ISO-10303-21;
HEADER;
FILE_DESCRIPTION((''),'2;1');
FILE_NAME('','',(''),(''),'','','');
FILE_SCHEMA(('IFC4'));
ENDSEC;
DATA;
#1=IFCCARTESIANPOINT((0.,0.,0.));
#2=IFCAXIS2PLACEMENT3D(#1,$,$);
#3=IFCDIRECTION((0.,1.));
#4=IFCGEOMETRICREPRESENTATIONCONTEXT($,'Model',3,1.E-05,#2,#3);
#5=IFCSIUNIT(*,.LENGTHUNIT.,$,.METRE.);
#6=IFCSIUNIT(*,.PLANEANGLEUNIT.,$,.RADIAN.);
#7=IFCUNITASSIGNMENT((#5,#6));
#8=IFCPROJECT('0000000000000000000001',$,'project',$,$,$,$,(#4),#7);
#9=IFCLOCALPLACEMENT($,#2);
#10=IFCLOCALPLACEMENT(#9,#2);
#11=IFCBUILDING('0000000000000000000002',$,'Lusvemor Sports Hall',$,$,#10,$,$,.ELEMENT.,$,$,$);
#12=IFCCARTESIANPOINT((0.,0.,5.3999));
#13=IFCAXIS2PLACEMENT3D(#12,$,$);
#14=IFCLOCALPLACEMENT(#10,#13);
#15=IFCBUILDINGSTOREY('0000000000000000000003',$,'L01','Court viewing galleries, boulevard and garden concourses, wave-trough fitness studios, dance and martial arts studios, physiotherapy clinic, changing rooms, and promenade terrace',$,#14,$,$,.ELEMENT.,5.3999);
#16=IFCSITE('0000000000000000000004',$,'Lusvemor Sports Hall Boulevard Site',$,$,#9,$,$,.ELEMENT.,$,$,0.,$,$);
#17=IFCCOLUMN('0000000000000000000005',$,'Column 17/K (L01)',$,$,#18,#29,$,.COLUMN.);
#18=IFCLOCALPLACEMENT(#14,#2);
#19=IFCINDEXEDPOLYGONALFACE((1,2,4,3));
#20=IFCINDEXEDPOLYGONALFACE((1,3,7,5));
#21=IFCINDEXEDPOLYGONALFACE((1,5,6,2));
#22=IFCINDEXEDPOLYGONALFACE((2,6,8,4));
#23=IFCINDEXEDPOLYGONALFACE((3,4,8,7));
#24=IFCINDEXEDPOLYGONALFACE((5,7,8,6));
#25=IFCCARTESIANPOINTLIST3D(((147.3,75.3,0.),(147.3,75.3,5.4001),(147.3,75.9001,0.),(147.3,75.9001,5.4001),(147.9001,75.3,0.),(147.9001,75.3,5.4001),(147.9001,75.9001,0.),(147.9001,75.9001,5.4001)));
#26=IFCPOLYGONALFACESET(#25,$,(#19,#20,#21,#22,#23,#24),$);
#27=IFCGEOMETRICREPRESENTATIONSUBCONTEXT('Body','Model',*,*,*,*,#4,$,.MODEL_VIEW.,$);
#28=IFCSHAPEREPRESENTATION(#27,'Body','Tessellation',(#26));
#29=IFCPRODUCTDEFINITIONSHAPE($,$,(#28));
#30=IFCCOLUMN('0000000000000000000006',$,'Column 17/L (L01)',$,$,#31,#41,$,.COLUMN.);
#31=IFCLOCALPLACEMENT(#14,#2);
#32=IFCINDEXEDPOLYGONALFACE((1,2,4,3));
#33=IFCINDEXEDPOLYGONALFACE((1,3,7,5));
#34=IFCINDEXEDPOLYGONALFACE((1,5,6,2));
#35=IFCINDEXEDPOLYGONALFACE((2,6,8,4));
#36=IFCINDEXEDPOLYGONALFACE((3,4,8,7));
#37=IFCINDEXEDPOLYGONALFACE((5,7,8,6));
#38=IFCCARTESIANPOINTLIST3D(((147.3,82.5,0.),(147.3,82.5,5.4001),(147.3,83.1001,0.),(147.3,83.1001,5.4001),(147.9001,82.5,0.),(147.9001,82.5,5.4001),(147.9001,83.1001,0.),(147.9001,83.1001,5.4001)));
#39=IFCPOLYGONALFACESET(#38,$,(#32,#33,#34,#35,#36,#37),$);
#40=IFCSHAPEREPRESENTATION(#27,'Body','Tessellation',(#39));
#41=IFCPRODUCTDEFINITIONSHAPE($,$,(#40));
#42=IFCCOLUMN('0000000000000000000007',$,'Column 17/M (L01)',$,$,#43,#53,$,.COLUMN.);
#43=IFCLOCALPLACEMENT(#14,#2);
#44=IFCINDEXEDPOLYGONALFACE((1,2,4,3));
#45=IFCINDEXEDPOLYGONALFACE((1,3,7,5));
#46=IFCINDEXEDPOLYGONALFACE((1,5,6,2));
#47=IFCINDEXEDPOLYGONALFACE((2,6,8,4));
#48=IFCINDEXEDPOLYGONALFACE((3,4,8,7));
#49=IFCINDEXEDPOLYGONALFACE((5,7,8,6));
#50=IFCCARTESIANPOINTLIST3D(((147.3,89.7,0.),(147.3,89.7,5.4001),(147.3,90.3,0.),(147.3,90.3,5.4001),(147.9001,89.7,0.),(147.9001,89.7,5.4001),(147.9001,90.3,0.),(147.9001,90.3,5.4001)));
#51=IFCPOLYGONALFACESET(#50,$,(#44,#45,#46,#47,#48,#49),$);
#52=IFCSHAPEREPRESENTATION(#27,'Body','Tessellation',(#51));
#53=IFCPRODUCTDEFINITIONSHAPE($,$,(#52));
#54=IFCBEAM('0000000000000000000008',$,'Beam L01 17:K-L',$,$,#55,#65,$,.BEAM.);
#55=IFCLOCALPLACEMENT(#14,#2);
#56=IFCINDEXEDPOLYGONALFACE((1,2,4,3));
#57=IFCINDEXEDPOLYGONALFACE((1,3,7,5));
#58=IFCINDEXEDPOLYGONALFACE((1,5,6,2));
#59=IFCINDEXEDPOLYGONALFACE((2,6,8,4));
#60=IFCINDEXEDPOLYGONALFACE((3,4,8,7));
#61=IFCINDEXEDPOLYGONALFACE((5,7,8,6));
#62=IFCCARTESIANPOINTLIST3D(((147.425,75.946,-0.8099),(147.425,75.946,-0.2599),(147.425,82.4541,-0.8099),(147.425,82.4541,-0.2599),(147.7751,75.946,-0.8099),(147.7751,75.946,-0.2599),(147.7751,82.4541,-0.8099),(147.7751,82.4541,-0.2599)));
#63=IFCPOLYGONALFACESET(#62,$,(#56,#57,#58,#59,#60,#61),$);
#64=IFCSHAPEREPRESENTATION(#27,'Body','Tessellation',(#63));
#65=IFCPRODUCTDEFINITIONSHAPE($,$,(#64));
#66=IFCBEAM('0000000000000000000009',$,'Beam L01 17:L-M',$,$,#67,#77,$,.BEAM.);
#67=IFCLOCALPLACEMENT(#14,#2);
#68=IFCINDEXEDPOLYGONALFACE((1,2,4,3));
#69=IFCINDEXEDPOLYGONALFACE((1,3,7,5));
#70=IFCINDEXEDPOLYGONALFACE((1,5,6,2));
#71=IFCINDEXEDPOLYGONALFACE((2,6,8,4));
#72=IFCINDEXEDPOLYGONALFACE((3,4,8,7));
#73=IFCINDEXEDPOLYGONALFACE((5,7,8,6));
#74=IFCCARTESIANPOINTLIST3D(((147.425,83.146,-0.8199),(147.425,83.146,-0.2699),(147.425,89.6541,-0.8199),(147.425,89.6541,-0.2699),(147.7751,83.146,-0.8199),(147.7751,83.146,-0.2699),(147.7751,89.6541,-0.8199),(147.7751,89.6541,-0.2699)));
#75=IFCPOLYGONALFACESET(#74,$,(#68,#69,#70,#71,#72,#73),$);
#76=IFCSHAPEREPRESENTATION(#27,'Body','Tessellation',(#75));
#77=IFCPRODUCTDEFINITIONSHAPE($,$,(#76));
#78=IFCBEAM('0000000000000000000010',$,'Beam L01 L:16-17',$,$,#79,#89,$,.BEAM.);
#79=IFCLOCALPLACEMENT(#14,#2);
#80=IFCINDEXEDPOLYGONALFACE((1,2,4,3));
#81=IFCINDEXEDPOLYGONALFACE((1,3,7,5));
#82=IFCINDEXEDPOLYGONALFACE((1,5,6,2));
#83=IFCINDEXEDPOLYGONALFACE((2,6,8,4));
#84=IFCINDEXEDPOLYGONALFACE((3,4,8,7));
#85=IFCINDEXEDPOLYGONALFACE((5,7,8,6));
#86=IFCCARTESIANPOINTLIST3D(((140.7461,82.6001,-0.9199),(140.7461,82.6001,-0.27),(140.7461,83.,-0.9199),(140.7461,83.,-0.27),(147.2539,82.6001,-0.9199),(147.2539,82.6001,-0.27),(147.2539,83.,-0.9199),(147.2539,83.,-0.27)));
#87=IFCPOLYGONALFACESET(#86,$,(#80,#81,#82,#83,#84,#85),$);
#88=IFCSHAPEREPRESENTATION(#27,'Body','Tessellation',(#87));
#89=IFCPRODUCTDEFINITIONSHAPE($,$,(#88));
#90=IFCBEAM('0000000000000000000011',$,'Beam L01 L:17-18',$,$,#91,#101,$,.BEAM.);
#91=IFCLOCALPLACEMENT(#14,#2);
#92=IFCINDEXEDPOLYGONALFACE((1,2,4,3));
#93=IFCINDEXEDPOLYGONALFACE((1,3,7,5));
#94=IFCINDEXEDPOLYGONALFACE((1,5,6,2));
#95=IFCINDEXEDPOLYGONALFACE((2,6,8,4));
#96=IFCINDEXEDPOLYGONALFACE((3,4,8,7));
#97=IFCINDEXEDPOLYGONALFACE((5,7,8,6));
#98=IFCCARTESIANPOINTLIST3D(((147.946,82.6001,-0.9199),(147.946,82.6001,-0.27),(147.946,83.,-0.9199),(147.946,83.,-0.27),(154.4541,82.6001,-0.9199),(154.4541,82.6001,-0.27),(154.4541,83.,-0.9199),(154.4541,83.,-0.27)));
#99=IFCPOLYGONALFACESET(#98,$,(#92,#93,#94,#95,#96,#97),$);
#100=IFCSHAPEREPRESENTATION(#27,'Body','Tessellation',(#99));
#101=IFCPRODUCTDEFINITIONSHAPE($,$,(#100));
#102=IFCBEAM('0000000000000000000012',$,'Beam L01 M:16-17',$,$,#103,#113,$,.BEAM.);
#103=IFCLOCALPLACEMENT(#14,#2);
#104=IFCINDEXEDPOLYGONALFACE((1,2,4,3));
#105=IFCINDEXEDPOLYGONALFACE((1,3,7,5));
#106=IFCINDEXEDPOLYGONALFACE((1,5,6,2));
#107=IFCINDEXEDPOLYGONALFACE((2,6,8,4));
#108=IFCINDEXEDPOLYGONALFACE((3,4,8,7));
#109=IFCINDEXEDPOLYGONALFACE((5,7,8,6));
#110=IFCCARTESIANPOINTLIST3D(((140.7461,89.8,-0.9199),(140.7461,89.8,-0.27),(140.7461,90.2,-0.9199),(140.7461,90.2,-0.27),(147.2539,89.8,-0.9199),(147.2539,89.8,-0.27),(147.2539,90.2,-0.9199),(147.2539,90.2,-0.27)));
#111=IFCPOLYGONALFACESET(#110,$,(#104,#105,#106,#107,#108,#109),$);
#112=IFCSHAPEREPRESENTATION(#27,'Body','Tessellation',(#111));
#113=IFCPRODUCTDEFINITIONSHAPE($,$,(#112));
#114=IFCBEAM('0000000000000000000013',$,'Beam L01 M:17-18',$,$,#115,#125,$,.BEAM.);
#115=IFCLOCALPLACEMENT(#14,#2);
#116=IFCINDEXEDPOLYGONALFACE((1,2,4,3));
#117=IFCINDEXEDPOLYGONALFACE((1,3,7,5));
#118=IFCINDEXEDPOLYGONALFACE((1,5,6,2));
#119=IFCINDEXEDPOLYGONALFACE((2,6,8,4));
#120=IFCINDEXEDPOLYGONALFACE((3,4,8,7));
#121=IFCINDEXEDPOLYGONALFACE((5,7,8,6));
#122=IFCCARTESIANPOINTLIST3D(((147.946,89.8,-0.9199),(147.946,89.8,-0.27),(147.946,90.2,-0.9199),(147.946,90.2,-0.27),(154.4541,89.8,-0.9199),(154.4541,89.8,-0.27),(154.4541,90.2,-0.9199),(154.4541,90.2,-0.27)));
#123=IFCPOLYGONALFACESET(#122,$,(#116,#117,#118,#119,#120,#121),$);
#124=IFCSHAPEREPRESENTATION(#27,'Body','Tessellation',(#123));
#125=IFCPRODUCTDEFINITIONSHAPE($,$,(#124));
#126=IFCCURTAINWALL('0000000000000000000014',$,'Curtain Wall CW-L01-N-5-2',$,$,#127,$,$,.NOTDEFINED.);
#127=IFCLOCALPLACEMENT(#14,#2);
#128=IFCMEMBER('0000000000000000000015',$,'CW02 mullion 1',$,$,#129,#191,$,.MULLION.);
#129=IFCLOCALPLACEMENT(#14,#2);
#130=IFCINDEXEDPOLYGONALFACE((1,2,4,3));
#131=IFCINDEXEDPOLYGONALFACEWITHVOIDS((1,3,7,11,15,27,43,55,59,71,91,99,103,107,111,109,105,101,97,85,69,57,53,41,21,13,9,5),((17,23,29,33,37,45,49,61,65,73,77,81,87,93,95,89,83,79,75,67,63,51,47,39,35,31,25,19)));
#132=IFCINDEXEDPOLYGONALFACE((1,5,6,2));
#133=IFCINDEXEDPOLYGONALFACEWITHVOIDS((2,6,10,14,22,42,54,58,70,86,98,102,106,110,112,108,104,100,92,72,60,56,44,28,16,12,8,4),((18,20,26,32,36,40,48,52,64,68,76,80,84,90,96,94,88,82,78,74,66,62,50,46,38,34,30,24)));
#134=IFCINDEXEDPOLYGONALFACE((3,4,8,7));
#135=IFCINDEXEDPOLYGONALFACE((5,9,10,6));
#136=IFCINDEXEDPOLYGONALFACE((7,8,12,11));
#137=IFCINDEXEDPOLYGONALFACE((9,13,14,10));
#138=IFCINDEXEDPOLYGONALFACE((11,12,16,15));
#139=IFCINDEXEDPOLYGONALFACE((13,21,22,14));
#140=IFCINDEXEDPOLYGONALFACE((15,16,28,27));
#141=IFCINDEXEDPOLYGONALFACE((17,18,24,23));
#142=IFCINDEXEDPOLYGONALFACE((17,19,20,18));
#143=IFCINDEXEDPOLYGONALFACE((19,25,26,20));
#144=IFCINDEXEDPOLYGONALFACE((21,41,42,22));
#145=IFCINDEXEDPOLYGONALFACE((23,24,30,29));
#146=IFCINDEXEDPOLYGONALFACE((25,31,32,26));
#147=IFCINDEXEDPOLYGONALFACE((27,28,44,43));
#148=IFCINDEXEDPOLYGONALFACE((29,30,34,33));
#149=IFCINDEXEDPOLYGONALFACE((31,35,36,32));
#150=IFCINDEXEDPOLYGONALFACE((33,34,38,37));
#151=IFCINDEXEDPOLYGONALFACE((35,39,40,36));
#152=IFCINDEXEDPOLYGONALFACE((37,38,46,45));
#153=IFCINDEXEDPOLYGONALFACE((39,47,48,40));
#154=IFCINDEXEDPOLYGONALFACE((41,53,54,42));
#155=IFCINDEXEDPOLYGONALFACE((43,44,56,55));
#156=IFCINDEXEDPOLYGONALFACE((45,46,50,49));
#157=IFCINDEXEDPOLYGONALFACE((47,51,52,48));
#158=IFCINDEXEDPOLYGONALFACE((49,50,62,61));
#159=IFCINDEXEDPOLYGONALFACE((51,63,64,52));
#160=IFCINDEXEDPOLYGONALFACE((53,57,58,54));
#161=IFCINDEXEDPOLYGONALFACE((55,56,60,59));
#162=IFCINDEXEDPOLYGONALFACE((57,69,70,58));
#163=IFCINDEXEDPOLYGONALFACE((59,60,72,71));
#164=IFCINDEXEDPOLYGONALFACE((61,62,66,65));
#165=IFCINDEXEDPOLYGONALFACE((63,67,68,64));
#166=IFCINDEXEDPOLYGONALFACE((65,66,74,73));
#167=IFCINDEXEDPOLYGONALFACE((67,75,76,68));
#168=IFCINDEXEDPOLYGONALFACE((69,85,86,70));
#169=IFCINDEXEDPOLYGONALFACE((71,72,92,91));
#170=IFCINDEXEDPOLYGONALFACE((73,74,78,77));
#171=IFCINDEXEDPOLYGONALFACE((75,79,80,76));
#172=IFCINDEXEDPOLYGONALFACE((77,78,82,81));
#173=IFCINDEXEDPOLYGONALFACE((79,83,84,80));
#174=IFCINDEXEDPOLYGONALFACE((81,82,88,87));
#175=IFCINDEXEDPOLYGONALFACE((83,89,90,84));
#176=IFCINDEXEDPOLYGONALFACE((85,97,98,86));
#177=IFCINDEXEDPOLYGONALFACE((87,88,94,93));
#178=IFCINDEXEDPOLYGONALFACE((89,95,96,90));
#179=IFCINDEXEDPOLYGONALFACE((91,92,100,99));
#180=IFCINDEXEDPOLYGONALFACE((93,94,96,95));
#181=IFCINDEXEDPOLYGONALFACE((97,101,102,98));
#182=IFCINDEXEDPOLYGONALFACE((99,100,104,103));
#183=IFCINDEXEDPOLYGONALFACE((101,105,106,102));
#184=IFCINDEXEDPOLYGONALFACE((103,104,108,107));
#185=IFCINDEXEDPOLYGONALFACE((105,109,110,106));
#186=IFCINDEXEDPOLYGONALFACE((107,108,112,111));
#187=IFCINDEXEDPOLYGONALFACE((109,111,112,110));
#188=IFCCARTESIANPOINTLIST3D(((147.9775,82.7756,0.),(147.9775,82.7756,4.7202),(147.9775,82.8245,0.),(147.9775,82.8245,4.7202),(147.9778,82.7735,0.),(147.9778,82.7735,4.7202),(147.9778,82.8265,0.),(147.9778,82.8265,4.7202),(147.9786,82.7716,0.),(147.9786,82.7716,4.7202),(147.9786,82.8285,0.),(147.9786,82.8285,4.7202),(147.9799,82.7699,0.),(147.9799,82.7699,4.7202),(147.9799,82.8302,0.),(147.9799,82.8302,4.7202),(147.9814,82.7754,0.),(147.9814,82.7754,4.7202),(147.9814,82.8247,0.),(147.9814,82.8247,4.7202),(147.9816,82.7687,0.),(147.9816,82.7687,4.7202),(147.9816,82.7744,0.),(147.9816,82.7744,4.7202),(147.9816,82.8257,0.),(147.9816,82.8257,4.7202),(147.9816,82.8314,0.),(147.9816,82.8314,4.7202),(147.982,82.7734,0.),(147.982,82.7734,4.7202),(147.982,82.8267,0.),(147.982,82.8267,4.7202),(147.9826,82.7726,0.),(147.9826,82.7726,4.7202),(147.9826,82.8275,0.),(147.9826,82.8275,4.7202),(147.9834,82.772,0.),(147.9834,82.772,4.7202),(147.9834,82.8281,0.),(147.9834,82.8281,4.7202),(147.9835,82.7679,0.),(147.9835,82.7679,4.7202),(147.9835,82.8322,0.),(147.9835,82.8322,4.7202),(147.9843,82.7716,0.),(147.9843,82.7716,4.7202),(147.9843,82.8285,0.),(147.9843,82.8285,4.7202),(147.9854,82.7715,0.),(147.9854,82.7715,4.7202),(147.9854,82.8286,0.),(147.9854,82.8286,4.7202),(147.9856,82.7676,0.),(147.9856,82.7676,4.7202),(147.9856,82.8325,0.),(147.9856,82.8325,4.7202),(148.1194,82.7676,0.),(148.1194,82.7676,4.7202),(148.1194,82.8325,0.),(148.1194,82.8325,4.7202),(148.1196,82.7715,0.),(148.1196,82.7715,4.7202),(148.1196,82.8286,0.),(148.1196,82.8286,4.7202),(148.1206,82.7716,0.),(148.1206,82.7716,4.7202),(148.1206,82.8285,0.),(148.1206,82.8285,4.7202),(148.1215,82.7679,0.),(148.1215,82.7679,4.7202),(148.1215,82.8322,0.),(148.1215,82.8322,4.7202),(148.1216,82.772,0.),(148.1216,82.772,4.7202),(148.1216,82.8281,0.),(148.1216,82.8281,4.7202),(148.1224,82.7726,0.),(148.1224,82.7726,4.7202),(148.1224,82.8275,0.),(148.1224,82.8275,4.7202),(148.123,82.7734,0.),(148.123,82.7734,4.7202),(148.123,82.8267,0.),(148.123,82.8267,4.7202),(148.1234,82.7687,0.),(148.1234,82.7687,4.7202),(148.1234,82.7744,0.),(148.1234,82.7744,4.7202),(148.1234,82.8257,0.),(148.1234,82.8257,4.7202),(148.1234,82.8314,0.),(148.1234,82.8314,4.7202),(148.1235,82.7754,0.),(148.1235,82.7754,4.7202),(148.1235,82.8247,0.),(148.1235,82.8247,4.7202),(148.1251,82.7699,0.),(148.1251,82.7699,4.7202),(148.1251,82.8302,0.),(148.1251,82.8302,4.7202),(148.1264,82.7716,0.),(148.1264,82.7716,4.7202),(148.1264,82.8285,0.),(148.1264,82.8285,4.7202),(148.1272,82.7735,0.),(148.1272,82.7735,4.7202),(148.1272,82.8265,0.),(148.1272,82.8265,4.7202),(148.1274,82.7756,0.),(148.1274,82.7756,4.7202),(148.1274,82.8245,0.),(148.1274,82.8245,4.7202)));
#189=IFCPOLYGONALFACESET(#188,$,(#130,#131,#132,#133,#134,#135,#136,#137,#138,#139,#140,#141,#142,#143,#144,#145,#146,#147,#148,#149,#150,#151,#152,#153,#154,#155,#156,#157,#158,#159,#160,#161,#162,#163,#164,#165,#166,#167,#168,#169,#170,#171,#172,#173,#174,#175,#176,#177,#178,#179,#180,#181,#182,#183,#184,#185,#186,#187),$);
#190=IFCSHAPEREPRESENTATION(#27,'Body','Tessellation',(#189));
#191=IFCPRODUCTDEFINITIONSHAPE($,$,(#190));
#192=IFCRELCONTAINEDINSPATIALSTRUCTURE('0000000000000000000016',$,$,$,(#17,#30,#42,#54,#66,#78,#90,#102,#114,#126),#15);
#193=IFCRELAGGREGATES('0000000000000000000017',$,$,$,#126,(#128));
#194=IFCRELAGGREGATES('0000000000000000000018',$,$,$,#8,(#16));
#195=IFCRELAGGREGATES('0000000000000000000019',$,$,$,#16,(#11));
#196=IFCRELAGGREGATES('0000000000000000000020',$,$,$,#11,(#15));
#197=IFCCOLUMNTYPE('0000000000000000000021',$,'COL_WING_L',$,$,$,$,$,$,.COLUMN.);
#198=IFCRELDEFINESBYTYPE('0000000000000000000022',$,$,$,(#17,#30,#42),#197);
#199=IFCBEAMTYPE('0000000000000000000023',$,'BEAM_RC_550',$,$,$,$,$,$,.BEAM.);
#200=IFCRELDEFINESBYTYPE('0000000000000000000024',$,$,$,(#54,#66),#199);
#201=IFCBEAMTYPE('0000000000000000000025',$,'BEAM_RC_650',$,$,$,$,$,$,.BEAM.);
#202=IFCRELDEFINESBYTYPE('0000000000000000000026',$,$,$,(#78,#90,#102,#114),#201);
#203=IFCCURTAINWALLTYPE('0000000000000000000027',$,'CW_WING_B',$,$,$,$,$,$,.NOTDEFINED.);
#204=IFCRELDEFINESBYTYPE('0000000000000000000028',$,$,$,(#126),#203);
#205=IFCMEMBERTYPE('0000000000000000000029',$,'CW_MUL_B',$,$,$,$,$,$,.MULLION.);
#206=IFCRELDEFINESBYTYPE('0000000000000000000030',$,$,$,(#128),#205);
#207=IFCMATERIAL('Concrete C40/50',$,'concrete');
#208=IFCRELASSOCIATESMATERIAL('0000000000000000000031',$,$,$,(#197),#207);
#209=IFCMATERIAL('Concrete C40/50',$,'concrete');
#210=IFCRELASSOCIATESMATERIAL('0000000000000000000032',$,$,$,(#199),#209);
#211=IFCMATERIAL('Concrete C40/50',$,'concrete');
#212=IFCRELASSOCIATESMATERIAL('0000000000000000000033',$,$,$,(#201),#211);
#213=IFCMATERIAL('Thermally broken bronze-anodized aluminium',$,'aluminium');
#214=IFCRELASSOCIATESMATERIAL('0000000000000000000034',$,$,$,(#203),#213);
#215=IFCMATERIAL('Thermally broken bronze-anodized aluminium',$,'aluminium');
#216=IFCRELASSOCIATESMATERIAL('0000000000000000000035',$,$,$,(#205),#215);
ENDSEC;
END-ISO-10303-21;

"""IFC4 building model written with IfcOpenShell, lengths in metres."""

from ifc_helpers import new_model, si_unit, direction, frame, origin, origin_2d, place, context, subcontext, project, spatial, rectangle, hollow_rectangle, extrude, material, material_profile, profile_set, type_object, element, aggregate, save


model = new_model("IFC4")

# Units and contexts
model_context = context("Model", 3, precision=1e-05, world=origin(), true_north=direction((0.0, 1.0)))
body_context = subcontext(model_context, "Body", "Model", "MODEL_VIEW")
ifc_project = project(units=[si_unit("LENGTHUNIT", "METRE"), si_unit("PLANEANGLEUNIT", "RADIAN")], contexts=[model_context])

# Site, building, storey
site_placement = place(None, origin())
site = spatial("IfcSite", under=ifc_project, at=site_placement, Name="Lusvemor Sports Hall Boulevard Site", CompositionType="ELEMENT", RefElevation=0.0)
building_placement = place(site_placement, origin())
building = spatial("IfcBuilding", under=site, at=building_placement, Name="Lusvemor Sports Hall", CompositionType="ELEMENT")
storey_placement = place(building_placement, frame((0.0, 0.0, 5.3999)))
storey = spatial("IfcBuildingStorey", under=building, at=storey_placement, Name="L01", Description="Court viewing galleries, boulevard and garden concourses, wave-trough fitness studios, dance and martial arts studios, physiotherapy clinic, changing rooms, and promenade terrace", CompositionType="ELEMENT", Elevation=5.3999)

# Columns
ifc_material_1 = material(Name="Concrete C40/50", Category="concrete")
ifc_material_profile_1 = material_profile(ifc_material_1, rectangle(XDim=0.6001, YDim=0.6001, at=origin_2d()), Name="RC600x600")
ifc_profile_set_1 = profile_set([ifc_material_profile_1], Name="Concrete C40/50")
column_type = type_object("IfcColumnType", Name="COL_WING_L", PredefinedType="COLUMN", material=ifc_profile_set_1)
for number, where, z_axis, x_axis, name in (
    (1, (147.6001, 75.6001, 0.0), (0.0, 0.0, 1.0), (1.0, 0.0, 0.0), "Column 17/K (L01)"),
    (2, (147.6001, 82.8, 0.0), (0.0, 0.0, 1.0), (1.0, 0.0, 0.0), "Column 17/L (L01)"),
    (3, (147.6001, 90.0, 0.0), (0.0, 0.0, 1.0), (1.0, 0.0, 0.0), "Column 17/M (L01)"),
):
    element("IfcColumn", number, at=place(storey_placement, frame(where, z_axis=z_axis, x_axis=x_axis)), inside=storey, type_object=column_type, Name=name, PredefinedType="COLUMN", context=body_context, shape_type="SweptSolid", body=[
        extrude(rectangle(XDim=0.6001, YDim=0.6001, at=origin_2d()), origin(), (0.0, 0.0, 1.0), 5.4001),
    ])

# Beams
ifc_material_2 = material(Name="Concrete C40/50", Category="concrete")
ifc_material_profile_2 = material_profile(ifc_material_2, rectangle(XDim=0.3501, YDim=0.55, at=origin_2d()), Name="RC350x550")
ifc_profile_set_2 = profile_set([ifc_material_profile_2], Name="Concrete C40/50")
beam_type_1 = type_object("IfcBeamType", Name="BEAM_RC_550", PredefinedType="BEAM", material=ifc_profile_set_2)
for number, where, z_axis, x_axis, name in (
    (4, (147.6001, 75.946, -0.5349), (0.0, 1.0, 0.0), (-1.0, 0.0, 0.0), "Beam L01 17:K-L"),
    (5, (147.6001, 83.146, -0.5449), (0.0, 1.0, 0.0), (-1.0, 0.0, 0.0), "Beam L01 17:L-M"),
):
    element("IfcBeam", number, at=place(storey_placement, frame(where, z_axis=z_axis, x_axis=x_axis)), inside=storey, type_object=beam_type_1, Name=name, PredefinedType="BEAM", context=body_context, shape_type="SweptSolid", body=[
        extrude(rectangle(XDim=0.3501, YDim=0.55, at=origin_2d()), origin(), (0.0, 0.0, 1.0), 6.5081),
    ])
ifc_material_3 = material(Name="Concrete C40/50", Category="concrete")
ifc_material_profile_3 = material_profile(ifc_material_3, rectangle(XDim=0.3999, YDim=0.6499, at=origin_2d()), Name="RC400x650")
ifc_profile_set_3 = profile_set([ifc_material_profile_3], Name="Concrete C40/50")
beam_type_2 = type_object("IfcBeamType", Name="BEAM_RC_650", PredefinedType="BEAM", material=ifc_profile_set_3)
beam_1_placement = place(storey_placement, frame((140.7461, 82.8, -0.595), z_axis=(1.0, 0.0, 0.0), x_axis=(0.0, 1.0, 0.0)))
element("IfcBeam", 6, at=beam_1_placement, inside=storey, type_object=beam_type_2, Name="Beam L01 L:16-17", PredefinedType="BEAM", context=body_context, shape_type="SweptSolid", body=[
    extrude(rectangle(XDim=0.3999, YDim=0.6499, at=origin_2d()), origin(), (0.0, 0.0, 1.0), 6.5078),
])
beam_2_placement = place(storey_placement, frame((147.946, 82.8, -0.595), z_axis=(1.0, 0.0, 0.0), x_axis=(0.0, 1.0, 0.0)))
element("IfcBeam", 7, at=beam_2_placement, inside=storey, type_object=beam_type_2, Name="Beam L01 L:17-18", PredefinedType="BEAM", context=body_context, shape_type="SweptSolid", body=[
    extrude(rectangle(XDim=0.3999, YDim=0.6499, at=origin_2d()), origin(), (0.0, 0.0, 1.0), 6.5081),
])
beam_3_placement = place(storey_placement, frame((140.7461, 90.0, -0.595), z_axis=(1.0, 0.0, 0.0), x_axis=(0.0, 1.0, 0.0)))
element("IfcBeam", 8, at=beam_3_placement, inside=storey, type_object=beam_type_2, Name="Beam L01 M:16-17", PredefinedType="BEAM", context=body_context, shape_type="SweptSolid", body=[
    extrude(rectangle(XDim=0.3999, YDim=0.6499, at=origin_2d()), origin(), (0.0, 0.0, 1.0), 6.5078),
])
beam_4_placement = place(storey_placement, frame((147.946, 90.0, -0.595), z_axis=(1.0, 0.0, 0.0), x_axis=(0.0, 1.0, 0.0)))
element("IfcBeam", 9, at=beam_4_placement, inside=storey, type_object=beam_type_2, Name="Beam L01 M:17-18", PredefinedType="BEAM", context=body_context, shape_type="SweptSolid", body=[
    extrude(rectangle(XDim=0.3999, YDim=0.6499, at=origin_2d()), origin(), (0.0, 0.0, 1.0), 6.5081),
])

# Curtain wall, member
ifc_material_4 = material(Name="Thermally broken bronze-anodized aluminium", Category="aluminium")
curtain_wall_type = type_object("IfcCurtainWallType", Name="CW_WING_B", PredefinedType="NOTDEFINED", material=ifc_material_4)
curtain_wall_placement = place(storey_placement, origin())
curtain_wall = element("IfcCurtainWall", 10, at=curtain_wall_placement, inside=storey, type_object=curtain_wall_type, Name="Curtain Wall CW-L01-N-5-2", PredefinedType="NOTDEFINED")
ifc_material_5 = material(Name="Thermally broken bronze-anodized aluminium", Category="aluminium")
ifc_material_profile_4 = material_profile(ifc_material_5, hollow_rectangle(XDim=0.0649, YDim=0.1499, WallThickness=0.0039, InnerFilletRadius=0.0039, OuterFilletRadius=0.0081, at=origin_2d()), Name="CWMUL150x65x4")
ifc_profile_set_4 = profile_set([ifc_material_profile_4], Name="Thermally broken bronze-anodized aluminium")
member_type_1 = type_object("IfcMemberType", Name="CW_MUL_B", PredefinedType="MULLION", material=ifc_profile_set_4)
member_1_placement = place(storey_placement, frame((148.0525, 82.8, 0.0), z_axis=(0.0, 0.0, 1.0), x_axis=(0.0, 1.0, 0.0)))
member_1 = element("IfcMember", 11, at=member_1_placement, type_object=member_type_1, Name="CW02 mullion 1", PredefinedType="MULLION", context=body_context, shape_type="SweptSolid", body=[
    extrude(hollow_rectangle(XDim=0.0649, YDim=0.1499, WallThickness=0.0039, InnerFilletRadius=0.0039, OuterFilletRadius=0.0081, at=origin_2d()), origin(), (0.0, 0.0, 1.0), 4.7202),
])

aggregate(curtain_wall, [member_1])

save(model, "model.ifc")
